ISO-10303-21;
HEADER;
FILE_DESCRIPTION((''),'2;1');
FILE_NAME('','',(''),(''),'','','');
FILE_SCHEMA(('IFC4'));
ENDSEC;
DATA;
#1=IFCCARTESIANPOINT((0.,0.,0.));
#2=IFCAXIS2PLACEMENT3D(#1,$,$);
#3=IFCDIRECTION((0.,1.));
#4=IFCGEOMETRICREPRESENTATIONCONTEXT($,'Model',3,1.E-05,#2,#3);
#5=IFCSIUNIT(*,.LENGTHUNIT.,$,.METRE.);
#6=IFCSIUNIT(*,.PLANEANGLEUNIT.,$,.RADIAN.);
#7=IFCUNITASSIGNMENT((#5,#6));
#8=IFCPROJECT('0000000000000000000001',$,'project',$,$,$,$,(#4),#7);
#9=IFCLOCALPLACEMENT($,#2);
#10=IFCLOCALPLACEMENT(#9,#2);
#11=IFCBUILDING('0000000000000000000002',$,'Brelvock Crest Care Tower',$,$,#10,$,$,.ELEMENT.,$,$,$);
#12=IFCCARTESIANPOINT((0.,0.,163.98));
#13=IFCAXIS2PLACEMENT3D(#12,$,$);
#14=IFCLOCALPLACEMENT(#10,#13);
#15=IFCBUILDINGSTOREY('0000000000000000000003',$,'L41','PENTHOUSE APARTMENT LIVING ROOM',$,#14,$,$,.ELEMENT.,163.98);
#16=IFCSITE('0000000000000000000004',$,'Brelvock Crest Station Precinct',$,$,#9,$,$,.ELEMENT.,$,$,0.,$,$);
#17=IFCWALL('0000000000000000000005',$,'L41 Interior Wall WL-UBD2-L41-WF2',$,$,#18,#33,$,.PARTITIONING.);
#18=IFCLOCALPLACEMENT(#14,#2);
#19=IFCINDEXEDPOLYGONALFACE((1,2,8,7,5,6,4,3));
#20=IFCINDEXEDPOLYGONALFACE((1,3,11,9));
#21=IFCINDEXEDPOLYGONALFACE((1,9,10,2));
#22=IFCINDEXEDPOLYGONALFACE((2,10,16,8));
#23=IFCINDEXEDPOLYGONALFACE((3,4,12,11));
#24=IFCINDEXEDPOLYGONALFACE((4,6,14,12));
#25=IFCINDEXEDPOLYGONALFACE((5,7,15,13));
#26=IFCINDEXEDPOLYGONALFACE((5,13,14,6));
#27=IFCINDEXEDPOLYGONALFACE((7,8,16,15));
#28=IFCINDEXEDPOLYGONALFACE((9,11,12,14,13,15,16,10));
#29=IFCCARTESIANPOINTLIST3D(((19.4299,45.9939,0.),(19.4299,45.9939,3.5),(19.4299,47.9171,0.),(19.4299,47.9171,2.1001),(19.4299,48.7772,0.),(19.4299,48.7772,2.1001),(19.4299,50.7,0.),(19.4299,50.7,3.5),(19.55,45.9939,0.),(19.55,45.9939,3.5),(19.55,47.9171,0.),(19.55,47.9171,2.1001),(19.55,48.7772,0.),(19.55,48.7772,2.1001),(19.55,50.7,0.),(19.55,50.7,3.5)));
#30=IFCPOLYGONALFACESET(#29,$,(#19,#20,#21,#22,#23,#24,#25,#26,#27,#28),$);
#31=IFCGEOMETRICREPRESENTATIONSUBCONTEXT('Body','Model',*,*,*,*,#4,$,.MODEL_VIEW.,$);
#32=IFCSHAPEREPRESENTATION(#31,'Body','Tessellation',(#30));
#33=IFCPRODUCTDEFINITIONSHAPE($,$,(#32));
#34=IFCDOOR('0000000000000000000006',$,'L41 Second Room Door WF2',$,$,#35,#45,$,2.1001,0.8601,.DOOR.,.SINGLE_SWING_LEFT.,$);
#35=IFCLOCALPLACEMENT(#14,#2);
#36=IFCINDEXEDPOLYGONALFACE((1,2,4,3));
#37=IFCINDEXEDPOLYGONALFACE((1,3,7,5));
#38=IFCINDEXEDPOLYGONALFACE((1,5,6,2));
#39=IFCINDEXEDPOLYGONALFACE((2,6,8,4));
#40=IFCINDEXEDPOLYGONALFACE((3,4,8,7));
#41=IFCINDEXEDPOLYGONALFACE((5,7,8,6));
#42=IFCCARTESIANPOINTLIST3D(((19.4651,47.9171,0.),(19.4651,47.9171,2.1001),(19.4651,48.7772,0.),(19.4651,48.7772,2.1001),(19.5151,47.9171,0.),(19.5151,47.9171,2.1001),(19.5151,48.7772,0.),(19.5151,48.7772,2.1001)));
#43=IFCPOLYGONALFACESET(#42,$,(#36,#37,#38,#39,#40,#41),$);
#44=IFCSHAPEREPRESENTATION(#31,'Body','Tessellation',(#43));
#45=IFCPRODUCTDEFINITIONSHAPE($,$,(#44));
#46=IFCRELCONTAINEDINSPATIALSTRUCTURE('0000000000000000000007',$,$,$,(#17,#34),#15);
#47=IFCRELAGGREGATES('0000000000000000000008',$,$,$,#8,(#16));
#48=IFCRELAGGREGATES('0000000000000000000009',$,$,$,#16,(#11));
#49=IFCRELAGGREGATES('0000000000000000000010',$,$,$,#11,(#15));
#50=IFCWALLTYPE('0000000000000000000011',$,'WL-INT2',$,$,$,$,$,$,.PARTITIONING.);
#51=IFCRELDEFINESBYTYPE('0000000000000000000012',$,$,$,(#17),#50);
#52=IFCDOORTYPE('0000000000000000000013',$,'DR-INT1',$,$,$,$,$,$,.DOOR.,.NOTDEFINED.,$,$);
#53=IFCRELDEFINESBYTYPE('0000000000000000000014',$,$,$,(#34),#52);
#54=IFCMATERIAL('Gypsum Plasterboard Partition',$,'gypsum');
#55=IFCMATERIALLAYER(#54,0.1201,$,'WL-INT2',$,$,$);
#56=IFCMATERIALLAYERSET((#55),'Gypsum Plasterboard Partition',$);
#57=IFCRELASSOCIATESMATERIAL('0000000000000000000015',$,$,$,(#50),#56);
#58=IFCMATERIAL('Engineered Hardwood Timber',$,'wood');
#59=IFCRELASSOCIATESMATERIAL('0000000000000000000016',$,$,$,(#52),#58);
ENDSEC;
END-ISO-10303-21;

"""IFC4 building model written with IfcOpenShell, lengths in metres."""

from ifc_helpers import new_model, si_unit, direction, frame, frame_2d, origin, origin_2d, place, context, subcontext, project, spatial, rectangle, extrude, source, transform, mapped, material, layer, layer_set, type_object, element, fill, save


model = new_model("IFC4")

# Units and contexts
model_context = context("Model", 3, precision=1e-05, world=origin(), true_north=direction((0.0, 1.0)))
body_context = subcontext(model_context, "Body", "Model", "MODEL_VIEW")
ifc_project = project(units=[si_unit("LENGTHUNIT", "METRE"), si_unit("PLANEANGLEUNIT", "RADIAN")], contexts=[model_context])

# Site, building, storey
site_placement = place(None, origin())
site = spatial("IfcSite", under=ifc_project, at=site_placement, Name="Brelvock Crest Station Precinct", CompositionType="ELEMENT", RefElevation=0.0)
building_placement = place(site_placement, origin())
building = spatial("IfcBuilding", under=site, at=building_placement, Name="Brelvock Crest Care Tower", CompositionType="ELEMENT")
storey_placement = place(building_placement, frame((0.0, 0.0, 163.98)))
storey = spatial("IfcBuildingStorey", under=building, at=storey_placement, Name="L41", Description="PENTHOUSE APARTMENT LIVING ROOM", CompositionType="ELEMENT", Elevation=163.98)

# Wall, opening, door
ifc_material_1 = material(Name="Gypsum Plasterboard Partition", Category="gypsum")
ifc_layer = layer(ifc_material_1, 0.1201, Name="WL-INT2")
ifc_layer_set = layer_set([ifc_layer], Name="Gypsum Plasterboard Partition")
wall_type = type_object("IfcWallType", Name="WL-INT2", PredefinedType="PARTITIONING", material=ifc_layer_set)
ifc_material_2 = material(Name="Engineered Hardwood Timber", Category="wood")
door_type = type_object("IfcDoorType", Name="DR-INT1", OperationType="NOTDEFINED", PredefinedType="DOOR", material=ifc_material_2)
shared_shape_1 = source(origin(), body_context, "Body", "SweptSolid", [
    extrude(rectangle(XDim=0.8601, YDim=2.1001, at=origin_2d()), frame((0.4302, 0.0249, 1.05), z_axis=(0.0, -1.0, 0.0), x_axis=(1.0, 0.0, 0.0)), (0.0, 0.0, 1.0), 0.05),
])
wall_1_placement = place(storey_placement, frame((19.49, 45.9939, 0.0), z_axis=(0.0, 0.0, 1.0), x_axis=(0.0, 1.0, 0.0)))
wall_1 = element("IfcWall", 1, at=wall_1_placement, inside=storey, type_object=wall_type, Name="L41 Interior Wall WL-UBD2-L41-WF2", PredefinedType="PARTITIONING", context=body_context, shape_type="SweptSolid", body=[
    extrude(rectangle(XDim=4.7061, YDim=0.1201, at=frame_2d((2.353, 0.0))), origin(), (0.0, 0.0, 1.0), 3.5),
])
opening_1_placement = place(wall_1_placement, frame((1.9231, 0.0, 0.0)))
opening_1 = element("IfcOpeningElement", 2, at=opening_1_placement, cuts=wall_1, PredefinedType="OPENING", context=body_context, shape_type="SweptSolid", body=[
    extrude(rectangle(XDim=0.8601, YDim=2.1001, at=origin_2d()), frame((0.4302, 0.0701, 1.05), z_axis=(0.0, -1.0, 0.0), x_axis=(1.0, 0.0, 0.0)), (0.0, 0.0, 1.0), 0.1401),
])
door_1_placement = place(opening_1_placement, origin())
door_1 = element("IfcDoor", 3, at=door_1_placement, inside=storey, type_object=door_type, Name="L41 Second Room Door WF2", OperationType="SINGLE_SWING_LEFT", OverallHeight=2.1001, OverallWidth=0.8601, PredefinedType="DOOR", context=body_context, shape_type="MappedRepresentation", body=[
    mapped(shared_shape_1, transform((0.0, 0.0, 0.0), x_axis=(1.0, 0.0, 0.0), y_axis=(0.0, 1.0, 0.0), z_axis=(0.0, 0.0, 1.0), scale=1.0)),
])
fill(opening_1, door_1)

save(model, "model.ifc")
